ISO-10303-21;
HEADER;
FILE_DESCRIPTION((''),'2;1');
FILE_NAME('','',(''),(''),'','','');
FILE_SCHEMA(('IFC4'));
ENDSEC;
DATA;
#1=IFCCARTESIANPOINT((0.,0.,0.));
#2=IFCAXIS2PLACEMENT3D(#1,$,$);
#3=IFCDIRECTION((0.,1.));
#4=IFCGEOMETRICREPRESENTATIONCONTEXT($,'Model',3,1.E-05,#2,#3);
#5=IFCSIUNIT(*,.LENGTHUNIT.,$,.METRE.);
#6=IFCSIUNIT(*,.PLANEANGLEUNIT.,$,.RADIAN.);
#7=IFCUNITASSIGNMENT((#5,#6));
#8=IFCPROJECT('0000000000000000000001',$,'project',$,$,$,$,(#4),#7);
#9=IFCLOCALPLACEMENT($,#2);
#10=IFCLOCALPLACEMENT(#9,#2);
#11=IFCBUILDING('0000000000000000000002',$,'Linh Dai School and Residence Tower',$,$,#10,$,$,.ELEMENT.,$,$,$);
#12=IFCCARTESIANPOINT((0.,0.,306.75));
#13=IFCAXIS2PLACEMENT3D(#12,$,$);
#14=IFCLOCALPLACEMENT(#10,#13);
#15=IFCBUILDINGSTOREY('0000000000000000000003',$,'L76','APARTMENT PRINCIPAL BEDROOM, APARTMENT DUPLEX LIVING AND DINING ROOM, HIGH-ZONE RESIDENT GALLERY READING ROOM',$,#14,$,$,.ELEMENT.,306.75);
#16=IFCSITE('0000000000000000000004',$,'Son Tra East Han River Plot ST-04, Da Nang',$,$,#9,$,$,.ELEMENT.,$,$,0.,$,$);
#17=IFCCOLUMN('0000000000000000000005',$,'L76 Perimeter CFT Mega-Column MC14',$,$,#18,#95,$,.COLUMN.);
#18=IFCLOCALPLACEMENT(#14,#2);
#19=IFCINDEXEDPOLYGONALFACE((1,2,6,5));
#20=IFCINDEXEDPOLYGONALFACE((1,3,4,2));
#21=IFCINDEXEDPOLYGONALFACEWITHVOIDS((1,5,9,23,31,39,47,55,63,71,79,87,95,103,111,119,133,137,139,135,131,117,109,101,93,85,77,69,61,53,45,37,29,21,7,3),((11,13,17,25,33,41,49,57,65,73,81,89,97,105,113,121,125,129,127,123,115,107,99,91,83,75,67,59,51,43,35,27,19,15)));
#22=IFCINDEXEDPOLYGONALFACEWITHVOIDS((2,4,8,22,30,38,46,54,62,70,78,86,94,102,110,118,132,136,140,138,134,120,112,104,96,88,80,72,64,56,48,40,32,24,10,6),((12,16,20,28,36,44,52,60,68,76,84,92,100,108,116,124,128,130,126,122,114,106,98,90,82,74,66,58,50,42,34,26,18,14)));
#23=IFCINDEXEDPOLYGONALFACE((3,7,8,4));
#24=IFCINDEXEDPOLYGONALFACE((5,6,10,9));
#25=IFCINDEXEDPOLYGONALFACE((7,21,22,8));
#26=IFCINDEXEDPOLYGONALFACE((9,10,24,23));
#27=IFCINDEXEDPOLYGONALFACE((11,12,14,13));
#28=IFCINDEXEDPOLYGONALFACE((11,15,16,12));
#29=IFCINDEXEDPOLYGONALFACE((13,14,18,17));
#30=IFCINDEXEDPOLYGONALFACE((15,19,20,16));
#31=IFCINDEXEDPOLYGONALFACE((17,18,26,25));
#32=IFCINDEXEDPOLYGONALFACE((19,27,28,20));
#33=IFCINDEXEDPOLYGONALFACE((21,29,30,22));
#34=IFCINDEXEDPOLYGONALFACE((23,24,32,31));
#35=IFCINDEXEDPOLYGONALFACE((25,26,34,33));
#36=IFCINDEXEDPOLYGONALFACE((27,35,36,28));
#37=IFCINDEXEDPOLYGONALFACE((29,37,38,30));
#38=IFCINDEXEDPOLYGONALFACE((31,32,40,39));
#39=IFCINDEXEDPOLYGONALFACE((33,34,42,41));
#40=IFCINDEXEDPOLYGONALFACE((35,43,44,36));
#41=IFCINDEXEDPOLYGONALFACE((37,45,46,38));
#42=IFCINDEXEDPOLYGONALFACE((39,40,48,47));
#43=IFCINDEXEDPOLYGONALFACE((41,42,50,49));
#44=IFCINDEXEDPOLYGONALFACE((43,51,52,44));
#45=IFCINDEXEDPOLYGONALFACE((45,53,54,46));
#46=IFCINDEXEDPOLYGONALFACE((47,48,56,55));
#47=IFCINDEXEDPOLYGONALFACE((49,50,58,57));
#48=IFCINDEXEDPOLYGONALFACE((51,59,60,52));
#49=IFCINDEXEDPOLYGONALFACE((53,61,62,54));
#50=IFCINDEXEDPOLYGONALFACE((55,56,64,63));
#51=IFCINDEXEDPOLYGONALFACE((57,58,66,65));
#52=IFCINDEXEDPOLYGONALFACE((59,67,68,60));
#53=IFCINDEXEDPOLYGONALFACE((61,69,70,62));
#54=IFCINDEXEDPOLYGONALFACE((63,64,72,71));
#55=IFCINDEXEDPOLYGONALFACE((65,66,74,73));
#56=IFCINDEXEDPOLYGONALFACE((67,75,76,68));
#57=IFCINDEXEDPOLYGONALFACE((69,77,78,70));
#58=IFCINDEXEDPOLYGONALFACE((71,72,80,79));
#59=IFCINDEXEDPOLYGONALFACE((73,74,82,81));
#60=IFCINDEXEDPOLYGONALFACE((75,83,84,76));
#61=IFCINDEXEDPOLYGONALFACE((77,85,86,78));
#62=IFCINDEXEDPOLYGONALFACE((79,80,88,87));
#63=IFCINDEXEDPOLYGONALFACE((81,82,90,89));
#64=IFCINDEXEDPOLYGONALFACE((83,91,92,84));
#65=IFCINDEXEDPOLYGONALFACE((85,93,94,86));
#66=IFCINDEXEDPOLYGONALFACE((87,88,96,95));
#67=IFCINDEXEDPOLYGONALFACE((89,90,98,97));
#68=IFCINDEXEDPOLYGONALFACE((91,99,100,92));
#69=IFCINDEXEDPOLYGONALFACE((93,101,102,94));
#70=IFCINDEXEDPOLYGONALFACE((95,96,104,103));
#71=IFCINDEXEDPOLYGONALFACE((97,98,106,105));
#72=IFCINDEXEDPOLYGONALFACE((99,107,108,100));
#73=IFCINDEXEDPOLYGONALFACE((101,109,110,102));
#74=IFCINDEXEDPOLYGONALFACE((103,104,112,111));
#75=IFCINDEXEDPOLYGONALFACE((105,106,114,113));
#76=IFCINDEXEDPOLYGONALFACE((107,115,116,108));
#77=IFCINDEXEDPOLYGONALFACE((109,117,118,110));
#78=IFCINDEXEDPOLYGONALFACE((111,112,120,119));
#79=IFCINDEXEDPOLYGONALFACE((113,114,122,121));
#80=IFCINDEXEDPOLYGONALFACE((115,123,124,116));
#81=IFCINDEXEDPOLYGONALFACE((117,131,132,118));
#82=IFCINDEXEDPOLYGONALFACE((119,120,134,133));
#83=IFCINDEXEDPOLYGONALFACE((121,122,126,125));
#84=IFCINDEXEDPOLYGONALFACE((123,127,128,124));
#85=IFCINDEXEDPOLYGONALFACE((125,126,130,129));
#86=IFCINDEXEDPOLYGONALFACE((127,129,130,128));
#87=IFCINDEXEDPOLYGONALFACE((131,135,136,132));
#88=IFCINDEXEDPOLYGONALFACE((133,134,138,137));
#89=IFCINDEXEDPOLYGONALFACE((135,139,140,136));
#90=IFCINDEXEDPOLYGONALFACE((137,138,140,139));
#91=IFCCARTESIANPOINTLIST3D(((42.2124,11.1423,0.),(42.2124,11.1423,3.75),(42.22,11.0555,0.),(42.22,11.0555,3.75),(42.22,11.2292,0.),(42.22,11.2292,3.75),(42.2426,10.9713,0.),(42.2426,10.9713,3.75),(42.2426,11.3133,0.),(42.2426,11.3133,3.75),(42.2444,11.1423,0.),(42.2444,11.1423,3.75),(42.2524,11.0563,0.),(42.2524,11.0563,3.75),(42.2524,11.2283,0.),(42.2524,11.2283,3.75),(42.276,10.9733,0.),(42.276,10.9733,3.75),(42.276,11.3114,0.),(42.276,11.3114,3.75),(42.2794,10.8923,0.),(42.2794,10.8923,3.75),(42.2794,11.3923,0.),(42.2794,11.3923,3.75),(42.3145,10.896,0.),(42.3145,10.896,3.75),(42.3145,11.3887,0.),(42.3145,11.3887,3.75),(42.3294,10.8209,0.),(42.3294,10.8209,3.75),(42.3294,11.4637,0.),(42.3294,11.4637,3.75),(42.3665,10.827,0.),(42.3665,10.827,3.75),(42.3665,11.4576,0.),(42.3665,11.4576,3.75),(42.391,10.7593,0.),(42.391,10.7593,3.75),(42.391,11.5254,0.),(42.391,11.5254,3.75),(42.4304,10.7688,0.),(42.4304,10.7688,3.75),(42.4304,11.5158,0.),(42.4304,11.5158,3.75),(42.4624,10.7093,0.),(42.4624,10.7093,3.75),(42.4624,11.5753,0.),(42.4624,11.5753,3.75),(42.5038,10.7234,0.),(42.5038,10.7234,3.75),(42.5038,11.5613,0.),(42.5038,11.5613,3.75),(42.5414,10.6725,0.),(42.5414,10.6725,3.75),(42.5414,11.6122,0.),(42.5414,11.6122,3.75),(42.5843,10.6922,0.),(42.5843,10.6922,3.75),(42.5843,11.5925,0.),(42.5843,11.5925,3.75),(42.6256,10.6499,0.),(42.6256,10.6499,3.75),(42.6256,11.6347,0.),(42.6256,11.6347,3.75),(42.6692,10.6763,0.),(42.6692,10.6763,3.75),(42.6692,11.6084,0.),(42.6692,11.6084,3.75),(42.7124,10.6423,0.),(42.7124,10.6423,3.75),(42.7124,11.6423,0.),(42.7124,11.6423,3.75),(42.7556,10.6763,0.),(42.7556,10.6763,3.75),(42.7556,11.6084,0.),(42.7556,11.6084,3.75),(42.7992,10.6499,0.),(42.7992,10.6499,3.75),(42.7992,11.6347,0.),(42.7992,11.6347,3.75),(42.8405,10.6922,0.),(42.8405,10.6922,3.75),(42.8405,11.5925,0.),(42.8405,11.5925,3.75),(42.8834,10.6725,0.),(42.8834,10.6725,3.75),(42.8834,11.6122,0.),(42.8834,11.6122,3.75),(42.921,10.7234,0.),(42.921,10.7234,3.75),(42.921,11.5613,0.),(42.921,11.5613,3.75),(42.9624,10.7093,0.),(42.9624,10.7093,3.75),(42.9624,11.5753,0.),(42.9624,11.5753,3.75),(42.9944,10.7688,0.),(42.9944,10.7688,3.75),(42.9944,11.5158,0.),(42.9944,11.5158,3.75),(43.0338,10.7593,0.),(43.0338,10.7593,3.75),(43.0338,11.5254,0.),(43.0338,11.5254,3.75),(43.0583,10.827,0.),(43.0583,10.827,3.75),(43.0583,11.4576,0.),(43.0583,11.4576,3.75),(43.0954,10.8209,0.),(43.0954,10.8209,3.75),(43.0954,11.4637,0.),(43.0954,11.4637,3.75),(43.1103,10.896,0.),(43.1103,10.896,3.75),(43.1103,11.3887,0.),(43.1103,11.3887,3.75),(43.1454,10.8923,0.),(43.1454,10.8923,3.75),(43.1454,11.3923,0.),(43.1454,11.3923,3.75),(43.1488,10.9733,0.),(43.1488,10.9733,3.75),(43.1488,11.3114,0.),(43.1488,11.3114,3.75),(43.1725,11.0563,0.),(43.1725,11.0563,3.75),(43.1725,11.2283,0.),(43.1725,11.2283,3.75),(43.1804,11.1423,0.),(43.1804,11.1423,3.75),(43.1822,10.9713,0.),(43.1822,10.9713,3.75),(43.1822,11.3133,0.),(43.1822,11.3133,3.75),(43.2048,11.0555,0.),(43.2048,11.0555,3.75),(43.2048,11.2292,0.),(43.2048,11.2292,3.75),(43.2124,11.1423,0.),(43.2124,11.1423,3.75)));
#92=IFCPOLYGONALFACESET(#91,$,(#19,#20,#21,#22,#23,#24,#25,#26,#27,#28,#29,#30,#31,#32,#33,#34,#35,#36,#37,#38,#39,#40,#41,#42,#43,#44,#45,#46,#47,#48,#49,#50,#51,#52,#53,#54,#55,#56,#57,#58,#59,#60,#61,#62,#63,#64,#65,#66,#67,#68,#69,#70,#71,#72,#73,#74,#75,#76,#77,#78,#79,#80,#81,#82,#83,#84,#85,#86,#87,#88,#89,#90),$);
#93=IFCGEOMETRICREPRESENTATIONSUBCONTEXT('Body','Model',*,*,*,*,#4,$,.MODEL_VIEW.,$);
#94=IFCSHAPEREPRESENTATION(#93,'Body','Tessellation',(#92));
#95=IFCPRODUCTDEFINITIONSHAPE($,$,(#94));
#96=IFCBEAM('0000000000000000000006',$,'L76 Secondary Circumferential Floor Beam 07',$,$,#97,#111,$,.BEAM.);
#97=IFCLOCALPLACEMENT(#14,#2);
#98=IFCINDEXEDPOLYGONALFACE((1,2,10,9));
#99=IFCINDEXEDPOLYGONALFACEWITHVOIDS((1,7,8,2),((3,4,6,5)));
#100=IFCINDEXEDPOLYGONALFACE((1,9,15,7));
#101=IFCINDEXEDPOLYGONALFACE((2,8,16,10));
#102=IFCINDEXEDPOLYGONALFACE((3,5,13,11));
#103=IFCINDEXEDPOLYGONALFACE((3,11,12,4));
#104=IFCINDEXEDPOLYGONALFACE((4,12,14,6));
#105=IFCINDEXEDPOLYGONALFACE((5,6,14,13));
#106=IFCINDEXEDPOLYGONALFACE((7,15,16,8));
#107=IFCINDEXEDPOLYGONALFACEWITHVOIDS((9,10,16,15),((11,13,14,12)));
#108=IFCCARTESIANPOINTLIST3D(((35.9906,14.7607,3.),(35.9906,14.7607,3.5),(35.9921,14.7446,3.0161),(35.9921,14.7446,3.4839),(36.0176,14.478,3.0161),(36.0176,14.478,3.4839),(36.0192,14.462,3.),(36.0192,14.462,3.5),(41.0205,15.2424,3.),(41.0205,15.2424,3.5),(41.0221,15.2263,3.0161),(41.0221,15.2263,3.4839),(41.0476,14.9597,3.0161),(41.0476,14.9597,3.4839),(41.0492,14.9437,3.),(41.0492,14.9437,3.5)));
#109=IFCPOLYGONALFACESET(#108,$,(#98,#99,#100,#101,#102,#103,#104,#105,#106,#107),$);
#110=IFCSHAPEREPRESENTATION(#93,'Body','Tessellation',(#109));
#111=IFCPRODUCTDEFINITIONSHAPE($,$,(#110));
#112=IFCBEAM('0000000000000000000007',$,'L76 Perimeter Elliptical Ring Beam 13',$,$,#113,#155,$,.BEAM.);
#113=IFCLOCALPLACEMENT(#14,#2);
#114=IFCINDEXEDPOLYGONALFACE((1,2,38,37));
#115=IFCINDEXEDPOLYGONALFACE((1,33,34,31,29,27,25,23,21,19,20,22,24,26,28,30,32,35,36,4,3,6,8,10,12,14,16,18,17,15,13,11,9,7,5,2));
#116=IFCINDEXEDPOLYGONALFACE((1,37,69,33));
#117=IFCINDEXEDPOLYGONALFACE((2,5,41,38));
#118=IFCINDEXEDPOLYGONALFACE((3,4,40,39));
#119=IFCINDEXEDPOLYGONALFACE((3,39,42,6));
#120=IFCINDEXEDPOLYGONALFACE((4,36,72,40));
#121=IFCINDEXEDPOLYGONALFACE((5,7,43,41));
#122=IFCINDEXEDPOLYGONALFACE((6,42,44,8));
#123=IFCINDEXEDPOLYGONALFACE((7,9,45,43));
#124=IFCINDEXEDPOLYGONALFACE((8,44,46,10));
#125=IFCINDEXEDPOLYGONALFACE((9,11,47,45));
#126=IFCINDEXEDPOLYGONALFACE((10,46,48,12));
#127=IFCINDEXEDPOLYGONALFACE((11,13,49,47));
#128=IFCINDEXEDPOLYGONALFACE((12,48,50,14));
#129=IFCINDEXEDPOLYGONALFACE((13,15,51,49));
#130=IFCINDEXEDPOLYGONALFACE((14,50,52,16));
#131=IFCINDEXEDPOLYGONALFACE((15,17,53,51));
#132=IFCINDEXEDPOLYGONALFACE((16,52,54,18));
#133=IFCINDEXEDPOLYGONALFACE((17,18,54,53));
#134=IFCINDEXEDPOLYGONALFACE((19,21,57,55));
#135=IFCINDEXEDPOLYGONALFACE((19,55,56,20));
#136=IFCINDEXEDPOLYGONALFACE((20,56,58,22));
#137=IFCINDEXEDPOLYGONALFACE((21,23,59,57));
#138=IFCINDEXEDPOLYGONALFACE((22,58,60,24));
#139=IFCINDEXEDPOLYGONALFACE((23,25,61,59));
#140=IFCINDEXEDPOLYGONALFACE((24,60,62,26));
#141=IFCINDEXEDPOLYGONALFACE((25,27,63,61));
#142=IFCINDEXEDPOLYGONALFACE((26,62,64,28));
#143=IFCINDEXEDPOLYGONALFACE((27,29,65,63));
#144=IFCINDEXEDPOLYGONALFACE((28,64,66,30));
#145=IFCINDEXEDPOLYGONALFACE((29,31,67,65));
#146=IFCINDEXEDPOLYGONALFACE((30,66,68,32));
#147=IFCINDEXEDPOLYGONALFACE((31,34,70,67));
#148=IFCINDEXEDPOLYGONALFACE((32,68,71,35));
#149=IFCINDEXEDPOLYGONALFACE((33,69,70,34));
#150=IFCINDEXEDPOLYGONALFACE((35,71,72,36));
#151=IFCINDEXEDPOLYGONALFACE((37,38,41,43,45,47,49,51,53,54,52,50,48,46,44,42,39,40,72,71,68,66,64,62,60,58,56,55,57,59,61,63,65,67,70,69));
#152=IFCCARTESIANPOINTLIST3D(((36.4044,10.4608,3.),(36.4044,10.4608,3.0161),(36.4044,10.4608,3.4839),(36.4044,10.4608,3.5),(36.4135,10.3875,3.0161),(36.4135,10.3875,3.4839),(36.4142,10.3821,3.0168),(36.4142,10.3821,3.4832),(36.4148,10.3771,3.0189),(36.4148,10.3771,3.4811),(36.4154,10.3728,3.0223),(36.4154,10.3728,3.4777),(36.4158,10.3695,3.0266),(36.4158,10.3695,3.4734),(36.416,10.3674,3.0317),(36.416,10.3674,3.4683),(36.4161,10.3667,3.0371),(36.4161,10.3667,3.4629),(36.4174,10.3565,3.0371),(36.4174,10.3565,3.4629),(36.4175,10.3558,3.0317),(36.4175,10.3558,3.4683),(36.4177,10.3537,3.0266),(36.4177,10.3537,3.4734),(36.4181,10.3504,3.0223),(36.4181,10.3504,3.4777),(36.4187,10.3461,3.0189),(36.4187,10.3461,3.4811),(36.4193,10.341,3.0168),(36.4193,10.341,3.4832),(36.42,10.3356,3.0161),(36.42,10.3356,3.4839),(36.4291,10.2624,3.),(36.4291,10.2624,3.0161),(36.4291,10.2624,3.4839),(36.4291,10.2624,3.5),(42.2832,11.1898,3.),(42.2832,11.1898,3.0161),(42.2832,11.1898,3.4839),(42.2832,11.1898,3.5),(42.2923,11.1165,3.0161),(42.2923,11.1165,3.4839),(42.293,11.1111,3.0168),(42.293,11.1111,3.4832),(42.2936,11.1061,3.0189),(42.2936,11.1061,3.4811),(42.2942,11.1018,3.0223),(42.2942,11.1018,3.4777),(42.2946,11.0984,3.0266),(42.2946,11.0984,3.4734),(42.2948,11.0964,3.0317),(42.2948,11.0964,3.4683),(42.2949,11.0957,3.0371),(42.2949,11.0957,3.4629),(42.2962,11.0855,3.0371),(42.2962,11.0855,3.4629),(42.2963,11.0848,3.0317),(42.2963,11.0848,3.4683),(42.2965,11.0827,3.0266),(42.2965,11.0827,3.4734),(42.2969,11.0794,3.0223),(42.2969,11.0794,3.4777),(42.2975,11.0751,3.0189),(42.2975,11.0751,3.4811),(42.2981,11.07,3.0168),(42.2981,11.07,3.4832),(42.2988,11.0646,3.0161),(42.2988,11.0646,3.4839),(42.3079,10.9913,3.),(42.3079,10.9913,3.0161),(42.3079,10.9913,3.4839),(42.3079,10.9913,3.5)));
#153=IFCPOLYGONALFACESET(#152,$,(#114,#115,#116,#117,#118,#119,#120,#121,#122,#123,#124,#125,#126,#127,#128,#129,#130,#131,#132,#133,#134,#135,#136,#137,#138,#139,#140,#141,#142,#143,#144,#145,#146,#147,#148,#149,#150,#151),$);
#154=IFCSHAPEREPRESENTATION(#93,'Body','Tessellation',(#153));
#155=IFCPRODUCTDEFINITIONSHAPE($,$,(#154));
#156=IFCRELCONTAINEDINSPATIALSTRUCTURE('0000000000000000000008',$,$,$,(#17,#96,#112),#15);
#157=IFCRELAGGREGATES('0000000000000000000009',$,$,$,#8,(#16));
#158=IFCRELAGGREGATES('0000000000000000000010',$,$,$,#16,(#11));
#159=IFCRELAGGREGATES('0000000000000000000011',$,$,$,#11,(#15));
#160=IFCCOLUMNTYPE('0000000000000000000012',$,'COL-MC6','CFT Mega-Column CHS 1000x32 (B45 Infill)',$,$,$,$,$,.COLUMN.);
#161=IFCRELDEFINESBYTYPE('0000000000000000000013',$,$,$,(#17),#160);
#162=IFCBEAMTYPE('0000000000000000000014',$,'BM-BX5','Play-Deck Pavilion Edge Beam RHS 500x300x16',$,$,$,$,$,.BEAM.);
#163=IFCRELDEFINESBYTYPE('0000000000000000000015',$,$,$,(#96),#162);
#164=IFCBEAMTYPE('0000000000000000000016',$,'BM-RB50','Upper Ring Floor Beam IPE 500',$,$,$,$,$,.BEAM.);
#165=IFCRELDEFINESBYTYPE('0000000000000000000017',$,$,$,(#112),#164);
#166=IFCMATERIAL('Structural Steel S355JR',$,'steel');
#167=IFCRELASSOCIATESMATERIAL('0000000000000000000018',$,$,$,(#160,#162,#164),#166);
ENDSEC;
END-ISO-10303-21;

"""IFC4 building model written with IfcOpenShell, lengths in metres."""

from ifc_helpers import new_model, si_unit, direction, frame, origin, origin_2d, place, context, subcontext, project, spatial, hollow_rectangle, hollow_circle, i_section, extrude, material, material_profile, profile_set, type_object, element, save


model = new_model("IFC4")

# Units and contexts
model_context = context("Model", 3, precision=1e-05, world=origin(), true_north=direction((0.0, 1.0)))
body_context = subcontext(model_context, "Body", "Model", "MODEL_VIEW")
ifc_project = project(units=[si_unit("LENGTHUNIT", "METRE"), si_unit("PLANEANGLEUNIT", "RADIAN")], contexts=[model_context])

# Site, building, storey
site_placement = place(None, origin())
site = spatial("IfcSite", under=ifc_project, at=site_placement, Name="Son Tra East Han River Plot ST-04, Da Nang", CompositionType="ELEMENT", RefElevation=0.0)
building_placement = place(site_placement, origin())
building = spatial("IfcBuilding", under=site, at=building_placement, Name="Linh Dai School and Residence Tower", CompositionType="ELEMENT")
storey_placement = place(building_placement, frame((0.0, 0.0, 306.75)))
storey = spatial("IfcBuildingStorey", under=building, at=storey_placement, Name="L76", Description="APARTMENT PRINCIPAL BEDROOM, APARTMENT DUPLEX LIVING AND DINING ROOM, HIGH-ZONE RESIDENT GALLERY READING ROOM", CompositionType="ELEMENT", Elevation=306.75)

# Column
ifc_material_1 = material(Name="Structural Steel S355JR", Category="steel")
ifc_material_profile_1 = material_profile(ifc_material_1, hollow_circle(Radius=0.5, WallThickness=0.032, at=origin_2d()), Name="CHS 1000x32")
ifc_profile_set_1 = profile_set([ifc_material_profile_1], Name="Structural Steel S355JR")
column_type = type_object("IfcColumnType", Name="COL-MC6", Description="CFT Mega-Column CHS 1000x32 (B45 Infill)", PredefinedType="COLUMN", material=ifc_profile_set_1)
column_placement = place(storey_placement, frame((42.7124, 11.1423, 0.0), z_axis=(0.0, 0.0, 1.0), x_axis=(1.0, 0.0, 0.0)))
element("IfcColumn", 1, at=column_placement, inside=storey, type_object=column_type, Name="L76 Perimeter CFT Mega-Column MC14", PredefinedType="COLUMN", context=body_context, shape_type="SweptSolid", body=[
    extrude(hollow_circle(Radius=0.5, WallThickness=0.032, at=origin_2d()), origin(), (0.0, 0.0, 1.0), 3.75),
])

# Beams
ifc_material_profile_2 = material_profile(ifc_material_1, hollow_rectangle(XDim=0.3, YDim=0.5, WallThickness=0.0161, at=origin_2d()), Name="RHS 500x300x16")
ifc_profile_set_2 = profile_set([ifc_material_profile_2], Name="Structural Steel S355JR")
beam_type_1 = type_object("IfcBeamType", Name="BM-BX5", Description="Play-Deck Pavilion Edge Beam RHS 500x300x16", PredefinedType="BEAM", material=ifc_profile_set_2)
beam_1_placement = place(storey_placement, frame((36.0049, 14.6113, 3.25), z_axis=(0.995446, 0.095327, 0.0), x_axis=(-0.095327, 0.995446, 0.0)))
element("IfcBeam", 2, at=beam_1_placement, inside=storey, type_object=beam_type_1, Name="L76 Secondary Circumferential Floor Beam 07", PredefinedType="BEAM", context=body_context, shape_type="SweptSolid", body=[
    extrude(hollow_rectangle(XDim=0.3, YDim=0.5, WallThickness=0.0161, at=origin_2d()), origin(), (0.0, 0.0, 1.0), 5.053),
])
ifc_material_profile_3 = material_profile(ifc_material_1, i_section(OverallWidth=0.2, OverallDepth=0.5, WebThickness=0.0103, FlangeThickness=0.0161, FilletRadius=0.021, at=origin_2d()), Name="IPE 500")
ifc_profile_set_3 = profile_set([ifc_material_profile_3], Name="Structural Steel S355JR")
beam_type_2 = type_object("IfcBeamType", Name="BM-RB50", Description="Upper Ring Floor Beam IPE 500", PredefinedType="BEAM", material=ifc_profile_set_3)
beam_2_placement = place(storey_placement, frame((36.4167, 10.3616, 3.25), z_axis=(0.992399, 0.123061, 0.0), x_axis=(-0.123061, 0.992399, 0.0)))
element("IfcBeam", 3, at=beam_2_placement, inside=storey, type_object=beam_type_2, Name="L76 Perimeter Elliptical Ring Beam 13", PredefinedType="BEAM", context=body_context, shape_type="SweptSolid", body=[
    extrude(i_section(OverallWidth=0.2, OverallDepth=0.5, WebThickness=0.0103, FlangeThickness=0.0161, FilletRadius=0.021, at=origin_2d()), origin(), (0.0, 0.0, 1.0), 5.9238),
])

save(model, "model.ifc")
